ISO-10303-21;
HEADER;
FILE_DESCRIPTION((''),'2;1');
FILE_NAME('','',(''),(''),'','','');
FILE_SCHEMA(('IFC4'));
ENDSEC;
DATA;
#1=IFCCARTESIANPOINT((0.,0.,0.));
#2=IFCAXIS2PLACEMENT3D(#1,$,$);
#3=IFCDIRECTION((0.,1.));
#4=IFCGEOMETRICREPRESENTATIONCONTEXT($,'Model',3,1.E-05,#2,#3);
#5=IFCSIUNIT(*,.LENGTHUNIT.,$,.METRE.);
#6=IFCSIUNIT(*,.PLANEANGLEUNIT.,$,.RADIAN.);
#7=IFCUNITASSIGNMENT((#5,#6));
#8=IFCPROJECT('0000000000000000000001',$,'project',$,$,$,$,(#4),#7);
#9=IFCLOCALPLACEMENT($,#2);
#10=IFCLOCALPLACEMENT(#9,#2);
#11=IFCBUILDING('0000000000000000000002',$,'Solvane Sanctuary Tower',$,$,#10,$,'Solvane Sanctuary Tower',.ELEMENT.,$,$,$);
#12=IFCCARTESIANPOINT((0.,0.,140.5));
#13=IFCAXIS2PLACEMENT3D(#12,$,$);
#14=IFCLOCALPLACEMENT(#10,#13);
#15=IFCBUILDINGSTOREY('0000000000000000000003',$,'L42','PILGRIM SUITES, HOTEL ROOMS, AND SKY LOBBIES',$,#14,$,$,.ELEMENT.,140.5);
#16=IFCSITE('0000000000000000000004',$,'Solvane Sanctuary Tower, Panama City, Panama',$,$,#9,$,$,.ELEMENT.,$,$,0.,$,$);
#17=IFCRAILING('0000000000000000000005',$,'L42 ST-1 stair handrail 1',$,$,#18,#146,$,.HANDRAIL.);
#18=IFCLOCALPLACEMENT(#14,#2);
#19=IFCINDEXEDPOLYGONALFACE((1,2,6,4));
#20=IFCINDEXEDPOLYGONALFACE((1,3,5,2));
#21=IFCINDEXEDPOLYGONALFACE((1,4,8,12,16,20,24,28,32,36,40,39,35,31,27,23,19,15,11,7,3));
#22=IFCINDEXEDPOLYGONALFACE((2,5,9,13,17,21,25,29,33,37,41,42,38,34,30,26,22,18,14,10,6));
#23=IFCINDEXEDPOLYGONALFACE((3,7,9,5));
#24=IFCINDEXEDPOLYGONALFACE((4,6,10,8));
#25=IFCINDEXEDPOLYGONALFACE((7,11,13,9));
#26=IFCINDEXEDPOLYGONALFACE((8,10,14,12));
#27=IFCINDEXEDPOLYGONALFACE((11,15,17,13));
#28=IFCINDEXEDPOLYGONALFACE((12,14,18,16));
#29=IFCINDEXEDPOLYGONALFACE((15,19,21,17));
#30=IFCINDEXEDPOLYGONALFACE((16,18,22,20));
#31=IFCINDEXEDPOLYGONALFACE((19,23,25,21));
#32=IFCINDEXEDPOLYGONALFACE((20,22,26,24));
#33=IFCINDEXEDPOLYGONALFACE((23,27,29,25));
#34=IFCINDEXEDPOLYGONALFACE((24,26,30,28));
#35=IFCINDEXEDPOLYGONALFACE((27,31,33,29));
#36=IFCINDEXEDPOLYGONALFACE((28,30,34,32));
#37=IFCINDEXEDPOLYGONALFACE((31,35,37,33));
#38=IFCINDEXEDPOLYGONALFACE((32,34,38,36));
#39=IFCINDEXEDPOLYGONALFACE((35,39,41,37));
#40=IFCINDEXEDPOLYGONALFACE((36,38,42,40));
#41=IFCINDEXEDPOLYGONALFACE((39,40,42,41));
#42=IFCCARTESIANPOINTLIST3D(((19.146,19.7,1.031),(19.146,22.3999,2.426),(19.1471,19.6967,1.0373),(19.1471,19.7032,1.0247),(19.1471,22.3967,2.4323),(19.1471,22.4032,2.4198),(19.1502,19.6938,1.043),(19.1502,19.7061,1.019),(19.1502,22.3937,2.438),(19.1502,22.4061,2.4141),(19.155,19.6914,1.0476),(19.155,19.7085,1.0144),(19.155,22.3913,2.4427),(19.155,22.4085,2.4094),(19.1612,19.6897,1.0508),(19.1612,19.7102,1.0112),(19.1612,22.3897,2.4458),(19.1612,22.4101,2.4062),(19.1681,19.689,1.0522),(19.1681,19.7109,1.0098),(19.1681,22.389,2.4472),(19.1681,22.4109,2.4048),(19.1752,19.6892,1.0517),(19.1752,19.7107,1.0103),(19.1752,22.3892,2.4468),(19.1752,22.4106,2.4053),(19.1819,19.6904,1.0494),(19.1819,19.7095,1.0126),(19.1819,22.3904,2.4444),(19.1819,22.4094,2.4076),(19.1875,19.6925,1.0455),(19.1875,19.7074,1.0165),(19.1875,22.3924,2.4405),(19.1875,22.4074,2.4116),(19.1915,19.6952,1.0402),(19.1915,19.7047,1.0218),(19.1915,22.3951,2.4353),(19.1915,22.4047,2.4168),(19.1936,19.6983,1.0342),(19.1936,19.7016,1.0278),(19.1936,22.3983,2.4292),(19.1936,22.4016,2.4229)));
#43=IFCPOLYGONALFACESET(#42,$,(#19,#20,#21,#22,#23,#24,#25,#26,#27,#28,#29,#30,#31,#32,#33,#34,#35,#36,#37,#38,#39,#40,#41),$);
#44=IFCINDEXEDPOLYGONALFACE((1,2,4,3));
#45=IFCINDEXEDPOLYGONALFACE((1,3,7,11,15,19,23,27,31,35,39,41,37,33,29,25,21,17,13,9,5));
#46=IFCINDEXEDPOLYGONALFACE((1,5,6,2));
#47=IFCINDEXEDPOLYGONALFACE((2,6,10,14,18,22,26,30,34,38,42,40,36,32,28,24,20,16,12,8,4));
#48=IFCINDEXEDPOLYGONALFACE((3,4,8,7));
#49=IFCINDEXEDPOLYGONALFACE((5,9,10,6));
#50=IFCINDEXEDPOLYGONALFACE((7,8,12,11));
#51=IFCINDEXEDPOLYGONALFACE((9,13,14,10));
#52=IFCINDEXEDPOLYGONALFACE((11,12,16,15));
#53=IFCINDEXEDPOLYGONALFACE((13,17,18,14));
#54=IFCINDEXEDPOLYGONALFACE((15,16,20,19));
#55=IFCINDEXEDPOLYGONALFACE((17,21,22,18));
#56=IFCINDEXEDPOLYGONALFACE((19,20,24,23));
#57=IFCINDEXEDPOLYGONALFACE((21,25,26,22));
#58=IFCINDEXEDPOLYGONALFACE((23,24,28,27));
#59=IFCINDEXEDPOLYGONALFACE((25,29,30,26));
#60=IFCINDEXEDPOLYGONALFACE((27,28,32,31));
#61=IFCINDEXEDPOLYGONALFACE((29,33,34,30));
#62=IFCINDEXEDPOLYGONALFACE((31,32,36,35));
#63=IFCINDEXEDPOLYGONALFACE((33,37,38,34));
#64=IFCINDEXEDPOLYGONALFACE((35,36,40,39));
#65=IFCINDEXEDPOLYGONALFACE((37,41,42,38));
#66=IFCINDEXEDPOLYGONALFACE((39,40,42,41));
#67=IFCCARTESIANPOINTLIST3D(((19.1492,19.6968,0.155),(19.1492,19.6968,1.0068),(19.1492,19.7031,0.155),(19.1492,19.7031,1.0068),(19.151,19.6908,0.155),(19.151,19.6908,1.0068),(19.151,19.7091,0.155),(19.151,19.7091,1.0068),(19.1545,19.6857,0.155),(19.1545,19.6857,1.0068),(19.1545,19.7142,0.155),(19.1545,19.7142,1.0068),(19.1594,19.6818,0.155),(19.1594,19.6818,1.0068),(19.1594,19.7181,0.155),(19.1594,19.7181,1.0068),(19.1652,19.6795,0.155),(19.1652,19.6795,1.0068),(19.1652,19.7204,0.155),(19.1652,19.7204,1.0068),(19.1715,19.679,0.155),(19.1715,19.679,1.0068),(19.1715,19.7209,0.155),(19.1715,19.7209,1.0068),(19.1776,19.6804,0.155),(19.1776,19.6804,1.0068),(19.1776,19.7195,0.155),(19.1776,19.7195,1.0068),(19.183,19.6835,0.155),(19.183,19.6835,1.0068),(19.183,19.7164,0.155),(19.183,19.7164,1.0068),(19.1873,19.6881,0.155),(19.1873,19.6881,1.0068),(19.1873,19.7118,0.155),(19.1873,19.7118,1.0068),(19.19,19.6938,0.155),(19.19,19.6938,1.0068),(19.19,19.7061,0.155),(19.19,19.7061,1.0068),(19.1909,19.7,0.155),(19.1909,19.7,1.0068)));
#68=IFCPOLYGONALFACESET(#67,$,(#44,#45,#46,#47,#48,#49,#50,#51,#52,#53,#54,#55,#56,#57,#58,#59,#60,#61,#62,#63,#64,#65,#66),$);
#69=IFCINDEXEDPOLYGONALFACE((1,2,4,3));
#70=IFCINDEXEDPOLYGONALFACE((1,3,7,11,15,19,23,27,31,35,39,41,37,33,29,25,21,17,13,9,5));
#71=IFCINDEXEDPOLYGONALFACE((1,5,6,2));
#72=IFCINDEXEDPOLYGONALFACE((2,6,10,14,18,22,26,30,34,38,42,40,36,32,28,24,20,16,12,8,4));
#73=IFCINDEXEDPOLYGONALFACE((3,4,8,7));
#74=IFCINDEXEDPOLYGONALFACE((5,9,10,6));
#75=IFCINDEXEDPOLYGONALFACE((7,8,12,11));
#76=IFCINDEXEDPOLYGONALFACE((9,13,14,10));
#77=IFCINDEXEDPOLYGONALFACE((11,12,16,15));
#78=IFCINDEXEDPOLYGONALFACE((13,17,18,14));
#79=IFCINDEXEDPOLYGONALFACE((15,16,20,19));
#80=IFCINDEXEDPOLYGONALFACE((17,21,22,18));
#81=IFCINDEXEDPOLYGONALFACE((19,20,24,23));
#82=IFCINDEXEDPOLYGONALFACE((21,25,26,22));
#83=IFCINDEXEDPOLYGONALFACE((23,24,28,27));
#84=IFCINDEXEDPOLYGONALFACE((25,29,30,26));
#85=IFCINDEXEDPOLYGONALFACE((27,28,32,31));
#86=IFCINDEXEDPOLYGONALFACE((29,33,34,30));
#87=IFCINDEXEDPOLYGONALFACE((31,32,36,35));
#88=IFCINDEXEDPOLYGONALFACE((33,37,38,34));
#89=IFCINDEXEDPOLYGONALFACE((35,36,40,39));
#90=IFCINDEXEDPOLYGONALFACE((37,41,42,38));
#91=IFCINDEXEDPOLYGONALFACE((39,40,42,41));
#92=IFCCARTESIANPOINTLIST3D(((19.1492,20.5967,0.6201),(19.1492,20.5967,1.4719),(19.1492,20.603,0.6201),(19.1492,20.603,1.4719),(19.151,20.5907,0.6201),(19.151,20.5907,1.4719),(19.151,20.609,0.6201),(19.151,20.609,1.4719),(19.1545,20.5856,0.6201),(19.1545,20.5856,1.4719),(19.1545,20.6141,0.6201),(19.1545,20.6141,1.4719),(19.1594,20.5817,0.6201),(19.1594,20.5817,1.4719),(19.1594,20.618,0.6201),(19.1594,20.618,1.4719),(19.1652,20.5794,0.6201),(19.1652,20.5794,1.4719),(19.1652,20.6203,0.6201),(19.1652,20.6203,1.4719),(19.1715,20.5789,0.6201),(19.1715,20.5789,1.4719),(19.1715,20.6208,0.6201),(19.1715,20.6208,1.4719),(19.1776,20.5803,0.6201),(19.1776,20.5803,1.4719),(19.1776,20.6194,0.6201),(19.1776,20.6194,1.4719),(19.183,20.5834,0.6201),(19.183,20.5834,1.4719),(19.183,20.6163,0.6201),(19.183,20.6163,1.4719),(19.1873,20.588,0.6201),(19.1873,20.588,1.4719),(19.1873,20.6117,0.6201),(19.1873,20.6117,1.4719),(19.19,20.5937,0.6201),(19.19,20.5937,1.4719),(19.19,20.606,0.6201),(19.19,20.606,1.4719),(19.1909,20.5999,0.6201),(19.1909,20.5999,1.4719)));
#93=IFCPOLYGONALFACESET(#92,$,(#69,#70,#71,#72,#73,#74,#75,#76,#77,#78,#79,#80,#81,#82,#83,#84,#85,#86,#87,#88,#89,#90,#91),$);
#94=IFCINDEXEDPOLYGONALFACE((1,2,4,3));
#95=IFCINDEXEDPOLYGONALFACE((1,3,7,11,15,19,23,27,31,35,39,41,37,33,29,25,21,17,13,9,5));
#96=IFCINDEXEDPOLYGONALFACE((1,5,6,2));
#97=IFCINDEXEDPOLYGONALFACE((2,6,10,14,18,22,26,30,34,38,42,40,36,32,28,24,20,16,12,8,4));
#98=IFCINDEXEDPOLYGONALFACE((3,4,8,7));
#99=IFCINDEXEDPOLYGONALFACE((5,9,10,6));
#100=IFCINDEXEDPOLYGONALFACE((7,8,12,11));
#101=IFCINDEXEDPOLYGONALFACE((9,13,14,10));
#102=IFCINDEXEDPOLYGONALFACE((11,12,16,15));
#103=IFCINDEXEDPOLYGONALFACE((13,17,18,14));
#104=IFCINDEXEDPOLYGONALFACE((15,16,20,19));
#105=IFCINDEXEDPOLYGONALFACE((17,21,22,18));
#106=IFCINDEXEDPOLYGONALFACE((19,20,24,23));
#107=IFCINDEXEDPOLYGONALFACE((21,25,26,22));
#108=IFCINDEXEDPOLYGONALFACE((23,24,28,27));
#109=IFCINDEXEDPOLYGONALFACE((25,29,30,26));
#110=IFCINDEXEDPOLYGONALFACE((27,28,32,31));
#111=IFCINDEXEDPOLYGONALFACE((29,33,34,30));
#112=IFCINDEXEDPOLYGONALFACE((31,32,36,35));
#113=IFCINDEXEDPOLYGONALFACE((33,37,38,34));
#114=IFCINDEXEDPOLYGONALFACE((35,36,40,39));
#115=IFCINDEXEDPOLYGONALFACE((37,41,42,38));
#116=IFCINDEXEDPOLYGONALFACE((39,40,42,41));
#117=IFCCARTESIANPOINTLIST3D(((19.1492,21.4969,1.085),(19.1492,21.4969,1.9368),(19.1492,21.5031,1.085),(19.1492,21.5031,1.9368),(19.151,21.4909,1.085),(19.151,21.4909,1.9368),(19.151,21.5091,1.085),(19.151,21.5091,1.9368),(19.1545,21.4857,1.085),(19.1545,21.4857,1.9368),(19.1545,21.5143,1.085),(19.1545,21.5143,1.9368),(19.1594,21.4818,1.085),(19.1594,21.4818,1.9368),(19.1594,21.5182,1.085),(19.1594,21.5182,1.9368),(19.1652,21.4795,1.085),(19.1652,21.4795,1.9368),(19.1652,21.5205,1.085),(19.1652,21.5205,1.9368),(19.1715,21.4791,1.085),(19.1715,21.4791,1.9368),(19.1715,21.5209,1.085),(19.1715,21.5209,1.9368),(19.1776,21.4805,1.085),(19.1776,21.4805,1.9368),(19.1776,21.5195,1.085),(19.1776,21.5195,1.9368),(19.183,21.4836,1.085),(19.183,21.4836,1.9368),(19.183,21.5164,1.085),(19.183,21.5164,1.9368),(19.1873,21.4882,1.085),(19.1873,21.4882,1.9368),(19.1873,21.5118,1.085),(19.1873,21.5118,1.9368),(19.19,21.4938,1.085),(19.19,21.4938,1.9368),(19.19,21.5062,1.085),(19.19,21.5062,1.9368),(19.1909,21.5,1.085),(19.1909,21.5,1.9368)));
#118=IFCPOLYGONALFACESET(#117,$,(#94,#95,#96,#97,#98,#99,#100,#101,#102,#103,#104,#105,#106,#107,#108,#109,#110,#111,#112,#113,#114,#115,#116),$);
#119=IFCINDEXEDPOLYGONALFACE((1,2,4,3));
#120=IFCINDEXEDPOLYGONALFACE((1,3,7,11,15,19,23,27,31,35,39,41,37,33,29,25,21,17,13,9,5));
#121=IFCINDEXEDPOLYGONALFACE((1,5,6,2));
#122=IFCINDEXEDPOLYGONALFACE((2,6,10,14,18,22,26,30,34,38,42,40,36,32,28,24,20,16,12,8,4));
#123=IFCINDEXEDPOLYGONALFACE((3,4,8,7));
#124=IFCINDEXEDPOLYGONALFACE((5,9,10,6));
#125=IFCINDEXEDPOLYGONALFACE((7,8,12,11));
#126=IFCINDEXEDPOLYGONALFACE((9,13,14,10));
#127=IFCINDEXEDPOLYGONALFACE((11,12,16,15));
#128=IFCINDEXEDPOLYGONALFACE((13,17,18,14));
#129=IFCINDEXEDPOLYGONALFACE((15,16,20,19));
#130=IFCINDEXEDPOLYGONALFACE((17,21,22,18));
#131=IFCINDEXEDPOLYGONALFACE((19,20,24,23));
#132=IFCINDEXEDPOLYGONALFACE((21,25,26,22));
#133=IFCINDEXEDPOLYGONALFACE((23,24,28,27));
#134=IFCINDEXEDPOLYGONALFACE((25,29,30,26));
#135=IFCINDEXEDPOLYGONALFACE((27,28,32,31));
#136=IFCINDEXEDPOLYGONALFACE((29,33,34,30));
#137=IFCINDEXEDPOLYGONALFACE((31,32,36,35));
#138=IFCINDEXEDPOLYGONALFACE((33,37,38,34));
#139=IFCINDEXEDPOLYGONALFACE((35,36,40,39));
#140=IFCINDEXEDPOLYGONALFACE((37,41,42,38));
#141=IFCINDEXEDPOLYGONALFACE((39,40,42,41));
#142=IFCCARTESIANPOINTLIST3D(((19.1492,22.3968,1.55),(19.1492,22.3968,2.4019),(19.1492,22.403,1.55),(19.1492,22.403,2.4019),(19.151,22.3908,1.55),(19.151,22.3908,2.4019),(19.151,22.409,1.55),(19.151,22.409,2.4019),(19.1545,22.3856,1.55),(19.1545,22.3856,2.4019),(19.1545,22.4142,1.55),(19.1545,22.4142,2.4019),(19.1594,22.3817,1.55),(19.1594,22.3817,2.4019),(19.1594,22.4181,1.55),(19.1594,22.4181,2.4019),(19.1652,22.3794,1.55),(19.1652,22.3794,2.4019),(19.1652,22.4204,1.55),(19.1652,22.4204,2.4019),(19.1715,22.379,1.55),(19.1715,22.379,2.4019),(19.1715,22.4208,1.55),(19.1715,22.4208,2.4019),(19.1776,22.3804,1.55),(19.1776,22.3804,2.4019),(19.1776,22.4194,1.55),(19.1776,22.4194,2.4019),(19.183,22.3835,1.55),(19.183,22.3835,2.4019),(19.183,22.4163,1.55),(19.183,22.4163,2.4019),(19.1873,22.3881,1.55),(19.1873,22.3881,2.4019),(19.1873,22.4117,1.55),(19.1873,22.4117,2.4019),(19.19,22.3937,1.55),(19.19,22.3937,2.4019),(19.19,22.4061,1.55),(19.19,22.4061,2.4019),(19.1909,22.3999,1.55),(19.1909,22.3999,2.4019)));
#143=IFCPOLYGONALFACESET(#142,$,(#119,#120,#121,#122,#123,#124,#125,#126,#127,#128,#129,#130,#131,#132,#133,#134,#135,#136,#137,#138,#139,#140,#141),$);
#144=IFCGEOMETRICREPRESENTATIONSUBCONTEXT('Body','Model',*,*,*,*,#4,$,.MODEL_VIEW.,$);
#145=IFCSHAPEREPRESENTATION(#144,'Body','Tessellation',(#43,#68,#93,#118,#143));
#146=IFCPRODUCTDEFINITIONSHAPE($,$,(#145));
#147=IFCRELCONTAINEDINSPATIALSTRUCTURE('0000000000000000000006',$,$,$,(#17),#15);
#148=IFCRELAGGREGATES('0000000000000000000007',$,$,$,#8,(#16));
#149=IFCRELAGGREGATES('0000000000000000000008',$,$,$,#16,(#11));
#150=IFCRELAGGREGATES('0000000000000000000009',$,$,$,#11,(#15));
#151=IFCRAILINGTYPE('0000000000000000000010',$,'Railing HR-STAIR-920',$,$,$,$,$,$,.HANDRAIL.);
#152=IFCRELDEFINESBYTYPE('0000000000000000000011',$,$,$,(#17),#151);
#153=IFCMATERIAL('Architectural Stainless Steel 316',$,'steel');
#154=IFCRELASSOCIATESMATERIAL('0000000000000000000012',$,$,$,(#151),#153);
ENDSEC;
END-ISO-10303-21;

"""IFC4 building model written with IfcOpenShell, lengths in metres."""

from ifc_helpers import new_model, si_unit, direction, frame, origin, origin_2d, place, context, subcontext, project, spatial, circle, extrude, material, type_object, element, save


model = new_model("IFC4")

# Units and contexts
model_context = context("Model", 3, precision=1e-05, world=origin(), true_north=direction((0.0, 1.0)))
body_context = subcontext(model_context, "Body", "Model", "MODEL_VIEW")
ifc_project = project(units=[si_unit("LENGTHUNIT", "METRE"), si_unit("PLANEANGLEUNIT", "RADIAN")], contexts=[model_context])

# Site, building, storey
site_placement = place(None, origin())
site = spatial("IfcSite", under=ifc_project, at=site_placement, Name="Solvane Sanctuary Tower, Panama City, Panama", CompositionType="ELEMENT", RefElevation=0.0)
building_placement = place(site_placement, origin())
building = spatial("IfcBuilding", under=site, at=building_placement, Name="Solvane Sanctuary Tower", LongName="Solvane Sanctuary Tower", CompositionType="ELEMENT")
storey_placement = place(building_placement, frame((0.0, 0.0, 140.5)))
storey = spatial("IfcBuildingStorey", under=building, at=storey_placement, Name="L42", Description="PILGRIM SUITES, HOTEL ROOMS, AND SKY LOBBIES", CompositionType="ELEMENT", Elevation=140.5)

# Shared definitions
ifc_material_1 = material(Name="Architectural Stainless Steel 316", Category="steel")

# Railing
railing_type = type_object("IfcRailingType", Name="Railing HR-STAIR-920", PredefinedType="HANDRAIL", material=ifc_material_1)
railing_placement = place(storey_placement, frame((19.1699, 19.7, 0.155)))
element("IfcRailing", 1, at=railing_placement, inside=storey, type_object=railing_type, Name="L42 ST-1 stair handrail 1", PredefinedType="HANDRAIL", context=body_context, shape_type="SweptSolid", body=[
    extrude(circle(Radius=0.0239, at=origin_2d()), frame((0.0, 0.0, 0.876), z_axis=(0.0, 0.88842, 0.459032), x_axis=(-1.0, 0.0, 0.0)), (0.0, 0.0, 1.0), 3.0391),
    extrude(circle(Radius=0.021, at=origin_2d()), origin(), (0.0, 0.0, 1.0), 0.8518),
    extrude(circle(Radius=0.021, at=origin_2d()), frame((0.0, 0.8999, 0.4651)), (0.0, 0.0, 1.0), 0.8518),
    extrude(circle(Radius=0.021, at=origin_2d()), frame((0.0, 1.8, 0.9299)), (0.0, 0.0, 1.0), 0.8518),
    extrude(circle(Radius=0.021, at=origin_2d()), frame((0.0, 2.7, 1.395)), (0.0, 0.0, 1.0), 0.8518),
])

save(model, "model.ifc")
